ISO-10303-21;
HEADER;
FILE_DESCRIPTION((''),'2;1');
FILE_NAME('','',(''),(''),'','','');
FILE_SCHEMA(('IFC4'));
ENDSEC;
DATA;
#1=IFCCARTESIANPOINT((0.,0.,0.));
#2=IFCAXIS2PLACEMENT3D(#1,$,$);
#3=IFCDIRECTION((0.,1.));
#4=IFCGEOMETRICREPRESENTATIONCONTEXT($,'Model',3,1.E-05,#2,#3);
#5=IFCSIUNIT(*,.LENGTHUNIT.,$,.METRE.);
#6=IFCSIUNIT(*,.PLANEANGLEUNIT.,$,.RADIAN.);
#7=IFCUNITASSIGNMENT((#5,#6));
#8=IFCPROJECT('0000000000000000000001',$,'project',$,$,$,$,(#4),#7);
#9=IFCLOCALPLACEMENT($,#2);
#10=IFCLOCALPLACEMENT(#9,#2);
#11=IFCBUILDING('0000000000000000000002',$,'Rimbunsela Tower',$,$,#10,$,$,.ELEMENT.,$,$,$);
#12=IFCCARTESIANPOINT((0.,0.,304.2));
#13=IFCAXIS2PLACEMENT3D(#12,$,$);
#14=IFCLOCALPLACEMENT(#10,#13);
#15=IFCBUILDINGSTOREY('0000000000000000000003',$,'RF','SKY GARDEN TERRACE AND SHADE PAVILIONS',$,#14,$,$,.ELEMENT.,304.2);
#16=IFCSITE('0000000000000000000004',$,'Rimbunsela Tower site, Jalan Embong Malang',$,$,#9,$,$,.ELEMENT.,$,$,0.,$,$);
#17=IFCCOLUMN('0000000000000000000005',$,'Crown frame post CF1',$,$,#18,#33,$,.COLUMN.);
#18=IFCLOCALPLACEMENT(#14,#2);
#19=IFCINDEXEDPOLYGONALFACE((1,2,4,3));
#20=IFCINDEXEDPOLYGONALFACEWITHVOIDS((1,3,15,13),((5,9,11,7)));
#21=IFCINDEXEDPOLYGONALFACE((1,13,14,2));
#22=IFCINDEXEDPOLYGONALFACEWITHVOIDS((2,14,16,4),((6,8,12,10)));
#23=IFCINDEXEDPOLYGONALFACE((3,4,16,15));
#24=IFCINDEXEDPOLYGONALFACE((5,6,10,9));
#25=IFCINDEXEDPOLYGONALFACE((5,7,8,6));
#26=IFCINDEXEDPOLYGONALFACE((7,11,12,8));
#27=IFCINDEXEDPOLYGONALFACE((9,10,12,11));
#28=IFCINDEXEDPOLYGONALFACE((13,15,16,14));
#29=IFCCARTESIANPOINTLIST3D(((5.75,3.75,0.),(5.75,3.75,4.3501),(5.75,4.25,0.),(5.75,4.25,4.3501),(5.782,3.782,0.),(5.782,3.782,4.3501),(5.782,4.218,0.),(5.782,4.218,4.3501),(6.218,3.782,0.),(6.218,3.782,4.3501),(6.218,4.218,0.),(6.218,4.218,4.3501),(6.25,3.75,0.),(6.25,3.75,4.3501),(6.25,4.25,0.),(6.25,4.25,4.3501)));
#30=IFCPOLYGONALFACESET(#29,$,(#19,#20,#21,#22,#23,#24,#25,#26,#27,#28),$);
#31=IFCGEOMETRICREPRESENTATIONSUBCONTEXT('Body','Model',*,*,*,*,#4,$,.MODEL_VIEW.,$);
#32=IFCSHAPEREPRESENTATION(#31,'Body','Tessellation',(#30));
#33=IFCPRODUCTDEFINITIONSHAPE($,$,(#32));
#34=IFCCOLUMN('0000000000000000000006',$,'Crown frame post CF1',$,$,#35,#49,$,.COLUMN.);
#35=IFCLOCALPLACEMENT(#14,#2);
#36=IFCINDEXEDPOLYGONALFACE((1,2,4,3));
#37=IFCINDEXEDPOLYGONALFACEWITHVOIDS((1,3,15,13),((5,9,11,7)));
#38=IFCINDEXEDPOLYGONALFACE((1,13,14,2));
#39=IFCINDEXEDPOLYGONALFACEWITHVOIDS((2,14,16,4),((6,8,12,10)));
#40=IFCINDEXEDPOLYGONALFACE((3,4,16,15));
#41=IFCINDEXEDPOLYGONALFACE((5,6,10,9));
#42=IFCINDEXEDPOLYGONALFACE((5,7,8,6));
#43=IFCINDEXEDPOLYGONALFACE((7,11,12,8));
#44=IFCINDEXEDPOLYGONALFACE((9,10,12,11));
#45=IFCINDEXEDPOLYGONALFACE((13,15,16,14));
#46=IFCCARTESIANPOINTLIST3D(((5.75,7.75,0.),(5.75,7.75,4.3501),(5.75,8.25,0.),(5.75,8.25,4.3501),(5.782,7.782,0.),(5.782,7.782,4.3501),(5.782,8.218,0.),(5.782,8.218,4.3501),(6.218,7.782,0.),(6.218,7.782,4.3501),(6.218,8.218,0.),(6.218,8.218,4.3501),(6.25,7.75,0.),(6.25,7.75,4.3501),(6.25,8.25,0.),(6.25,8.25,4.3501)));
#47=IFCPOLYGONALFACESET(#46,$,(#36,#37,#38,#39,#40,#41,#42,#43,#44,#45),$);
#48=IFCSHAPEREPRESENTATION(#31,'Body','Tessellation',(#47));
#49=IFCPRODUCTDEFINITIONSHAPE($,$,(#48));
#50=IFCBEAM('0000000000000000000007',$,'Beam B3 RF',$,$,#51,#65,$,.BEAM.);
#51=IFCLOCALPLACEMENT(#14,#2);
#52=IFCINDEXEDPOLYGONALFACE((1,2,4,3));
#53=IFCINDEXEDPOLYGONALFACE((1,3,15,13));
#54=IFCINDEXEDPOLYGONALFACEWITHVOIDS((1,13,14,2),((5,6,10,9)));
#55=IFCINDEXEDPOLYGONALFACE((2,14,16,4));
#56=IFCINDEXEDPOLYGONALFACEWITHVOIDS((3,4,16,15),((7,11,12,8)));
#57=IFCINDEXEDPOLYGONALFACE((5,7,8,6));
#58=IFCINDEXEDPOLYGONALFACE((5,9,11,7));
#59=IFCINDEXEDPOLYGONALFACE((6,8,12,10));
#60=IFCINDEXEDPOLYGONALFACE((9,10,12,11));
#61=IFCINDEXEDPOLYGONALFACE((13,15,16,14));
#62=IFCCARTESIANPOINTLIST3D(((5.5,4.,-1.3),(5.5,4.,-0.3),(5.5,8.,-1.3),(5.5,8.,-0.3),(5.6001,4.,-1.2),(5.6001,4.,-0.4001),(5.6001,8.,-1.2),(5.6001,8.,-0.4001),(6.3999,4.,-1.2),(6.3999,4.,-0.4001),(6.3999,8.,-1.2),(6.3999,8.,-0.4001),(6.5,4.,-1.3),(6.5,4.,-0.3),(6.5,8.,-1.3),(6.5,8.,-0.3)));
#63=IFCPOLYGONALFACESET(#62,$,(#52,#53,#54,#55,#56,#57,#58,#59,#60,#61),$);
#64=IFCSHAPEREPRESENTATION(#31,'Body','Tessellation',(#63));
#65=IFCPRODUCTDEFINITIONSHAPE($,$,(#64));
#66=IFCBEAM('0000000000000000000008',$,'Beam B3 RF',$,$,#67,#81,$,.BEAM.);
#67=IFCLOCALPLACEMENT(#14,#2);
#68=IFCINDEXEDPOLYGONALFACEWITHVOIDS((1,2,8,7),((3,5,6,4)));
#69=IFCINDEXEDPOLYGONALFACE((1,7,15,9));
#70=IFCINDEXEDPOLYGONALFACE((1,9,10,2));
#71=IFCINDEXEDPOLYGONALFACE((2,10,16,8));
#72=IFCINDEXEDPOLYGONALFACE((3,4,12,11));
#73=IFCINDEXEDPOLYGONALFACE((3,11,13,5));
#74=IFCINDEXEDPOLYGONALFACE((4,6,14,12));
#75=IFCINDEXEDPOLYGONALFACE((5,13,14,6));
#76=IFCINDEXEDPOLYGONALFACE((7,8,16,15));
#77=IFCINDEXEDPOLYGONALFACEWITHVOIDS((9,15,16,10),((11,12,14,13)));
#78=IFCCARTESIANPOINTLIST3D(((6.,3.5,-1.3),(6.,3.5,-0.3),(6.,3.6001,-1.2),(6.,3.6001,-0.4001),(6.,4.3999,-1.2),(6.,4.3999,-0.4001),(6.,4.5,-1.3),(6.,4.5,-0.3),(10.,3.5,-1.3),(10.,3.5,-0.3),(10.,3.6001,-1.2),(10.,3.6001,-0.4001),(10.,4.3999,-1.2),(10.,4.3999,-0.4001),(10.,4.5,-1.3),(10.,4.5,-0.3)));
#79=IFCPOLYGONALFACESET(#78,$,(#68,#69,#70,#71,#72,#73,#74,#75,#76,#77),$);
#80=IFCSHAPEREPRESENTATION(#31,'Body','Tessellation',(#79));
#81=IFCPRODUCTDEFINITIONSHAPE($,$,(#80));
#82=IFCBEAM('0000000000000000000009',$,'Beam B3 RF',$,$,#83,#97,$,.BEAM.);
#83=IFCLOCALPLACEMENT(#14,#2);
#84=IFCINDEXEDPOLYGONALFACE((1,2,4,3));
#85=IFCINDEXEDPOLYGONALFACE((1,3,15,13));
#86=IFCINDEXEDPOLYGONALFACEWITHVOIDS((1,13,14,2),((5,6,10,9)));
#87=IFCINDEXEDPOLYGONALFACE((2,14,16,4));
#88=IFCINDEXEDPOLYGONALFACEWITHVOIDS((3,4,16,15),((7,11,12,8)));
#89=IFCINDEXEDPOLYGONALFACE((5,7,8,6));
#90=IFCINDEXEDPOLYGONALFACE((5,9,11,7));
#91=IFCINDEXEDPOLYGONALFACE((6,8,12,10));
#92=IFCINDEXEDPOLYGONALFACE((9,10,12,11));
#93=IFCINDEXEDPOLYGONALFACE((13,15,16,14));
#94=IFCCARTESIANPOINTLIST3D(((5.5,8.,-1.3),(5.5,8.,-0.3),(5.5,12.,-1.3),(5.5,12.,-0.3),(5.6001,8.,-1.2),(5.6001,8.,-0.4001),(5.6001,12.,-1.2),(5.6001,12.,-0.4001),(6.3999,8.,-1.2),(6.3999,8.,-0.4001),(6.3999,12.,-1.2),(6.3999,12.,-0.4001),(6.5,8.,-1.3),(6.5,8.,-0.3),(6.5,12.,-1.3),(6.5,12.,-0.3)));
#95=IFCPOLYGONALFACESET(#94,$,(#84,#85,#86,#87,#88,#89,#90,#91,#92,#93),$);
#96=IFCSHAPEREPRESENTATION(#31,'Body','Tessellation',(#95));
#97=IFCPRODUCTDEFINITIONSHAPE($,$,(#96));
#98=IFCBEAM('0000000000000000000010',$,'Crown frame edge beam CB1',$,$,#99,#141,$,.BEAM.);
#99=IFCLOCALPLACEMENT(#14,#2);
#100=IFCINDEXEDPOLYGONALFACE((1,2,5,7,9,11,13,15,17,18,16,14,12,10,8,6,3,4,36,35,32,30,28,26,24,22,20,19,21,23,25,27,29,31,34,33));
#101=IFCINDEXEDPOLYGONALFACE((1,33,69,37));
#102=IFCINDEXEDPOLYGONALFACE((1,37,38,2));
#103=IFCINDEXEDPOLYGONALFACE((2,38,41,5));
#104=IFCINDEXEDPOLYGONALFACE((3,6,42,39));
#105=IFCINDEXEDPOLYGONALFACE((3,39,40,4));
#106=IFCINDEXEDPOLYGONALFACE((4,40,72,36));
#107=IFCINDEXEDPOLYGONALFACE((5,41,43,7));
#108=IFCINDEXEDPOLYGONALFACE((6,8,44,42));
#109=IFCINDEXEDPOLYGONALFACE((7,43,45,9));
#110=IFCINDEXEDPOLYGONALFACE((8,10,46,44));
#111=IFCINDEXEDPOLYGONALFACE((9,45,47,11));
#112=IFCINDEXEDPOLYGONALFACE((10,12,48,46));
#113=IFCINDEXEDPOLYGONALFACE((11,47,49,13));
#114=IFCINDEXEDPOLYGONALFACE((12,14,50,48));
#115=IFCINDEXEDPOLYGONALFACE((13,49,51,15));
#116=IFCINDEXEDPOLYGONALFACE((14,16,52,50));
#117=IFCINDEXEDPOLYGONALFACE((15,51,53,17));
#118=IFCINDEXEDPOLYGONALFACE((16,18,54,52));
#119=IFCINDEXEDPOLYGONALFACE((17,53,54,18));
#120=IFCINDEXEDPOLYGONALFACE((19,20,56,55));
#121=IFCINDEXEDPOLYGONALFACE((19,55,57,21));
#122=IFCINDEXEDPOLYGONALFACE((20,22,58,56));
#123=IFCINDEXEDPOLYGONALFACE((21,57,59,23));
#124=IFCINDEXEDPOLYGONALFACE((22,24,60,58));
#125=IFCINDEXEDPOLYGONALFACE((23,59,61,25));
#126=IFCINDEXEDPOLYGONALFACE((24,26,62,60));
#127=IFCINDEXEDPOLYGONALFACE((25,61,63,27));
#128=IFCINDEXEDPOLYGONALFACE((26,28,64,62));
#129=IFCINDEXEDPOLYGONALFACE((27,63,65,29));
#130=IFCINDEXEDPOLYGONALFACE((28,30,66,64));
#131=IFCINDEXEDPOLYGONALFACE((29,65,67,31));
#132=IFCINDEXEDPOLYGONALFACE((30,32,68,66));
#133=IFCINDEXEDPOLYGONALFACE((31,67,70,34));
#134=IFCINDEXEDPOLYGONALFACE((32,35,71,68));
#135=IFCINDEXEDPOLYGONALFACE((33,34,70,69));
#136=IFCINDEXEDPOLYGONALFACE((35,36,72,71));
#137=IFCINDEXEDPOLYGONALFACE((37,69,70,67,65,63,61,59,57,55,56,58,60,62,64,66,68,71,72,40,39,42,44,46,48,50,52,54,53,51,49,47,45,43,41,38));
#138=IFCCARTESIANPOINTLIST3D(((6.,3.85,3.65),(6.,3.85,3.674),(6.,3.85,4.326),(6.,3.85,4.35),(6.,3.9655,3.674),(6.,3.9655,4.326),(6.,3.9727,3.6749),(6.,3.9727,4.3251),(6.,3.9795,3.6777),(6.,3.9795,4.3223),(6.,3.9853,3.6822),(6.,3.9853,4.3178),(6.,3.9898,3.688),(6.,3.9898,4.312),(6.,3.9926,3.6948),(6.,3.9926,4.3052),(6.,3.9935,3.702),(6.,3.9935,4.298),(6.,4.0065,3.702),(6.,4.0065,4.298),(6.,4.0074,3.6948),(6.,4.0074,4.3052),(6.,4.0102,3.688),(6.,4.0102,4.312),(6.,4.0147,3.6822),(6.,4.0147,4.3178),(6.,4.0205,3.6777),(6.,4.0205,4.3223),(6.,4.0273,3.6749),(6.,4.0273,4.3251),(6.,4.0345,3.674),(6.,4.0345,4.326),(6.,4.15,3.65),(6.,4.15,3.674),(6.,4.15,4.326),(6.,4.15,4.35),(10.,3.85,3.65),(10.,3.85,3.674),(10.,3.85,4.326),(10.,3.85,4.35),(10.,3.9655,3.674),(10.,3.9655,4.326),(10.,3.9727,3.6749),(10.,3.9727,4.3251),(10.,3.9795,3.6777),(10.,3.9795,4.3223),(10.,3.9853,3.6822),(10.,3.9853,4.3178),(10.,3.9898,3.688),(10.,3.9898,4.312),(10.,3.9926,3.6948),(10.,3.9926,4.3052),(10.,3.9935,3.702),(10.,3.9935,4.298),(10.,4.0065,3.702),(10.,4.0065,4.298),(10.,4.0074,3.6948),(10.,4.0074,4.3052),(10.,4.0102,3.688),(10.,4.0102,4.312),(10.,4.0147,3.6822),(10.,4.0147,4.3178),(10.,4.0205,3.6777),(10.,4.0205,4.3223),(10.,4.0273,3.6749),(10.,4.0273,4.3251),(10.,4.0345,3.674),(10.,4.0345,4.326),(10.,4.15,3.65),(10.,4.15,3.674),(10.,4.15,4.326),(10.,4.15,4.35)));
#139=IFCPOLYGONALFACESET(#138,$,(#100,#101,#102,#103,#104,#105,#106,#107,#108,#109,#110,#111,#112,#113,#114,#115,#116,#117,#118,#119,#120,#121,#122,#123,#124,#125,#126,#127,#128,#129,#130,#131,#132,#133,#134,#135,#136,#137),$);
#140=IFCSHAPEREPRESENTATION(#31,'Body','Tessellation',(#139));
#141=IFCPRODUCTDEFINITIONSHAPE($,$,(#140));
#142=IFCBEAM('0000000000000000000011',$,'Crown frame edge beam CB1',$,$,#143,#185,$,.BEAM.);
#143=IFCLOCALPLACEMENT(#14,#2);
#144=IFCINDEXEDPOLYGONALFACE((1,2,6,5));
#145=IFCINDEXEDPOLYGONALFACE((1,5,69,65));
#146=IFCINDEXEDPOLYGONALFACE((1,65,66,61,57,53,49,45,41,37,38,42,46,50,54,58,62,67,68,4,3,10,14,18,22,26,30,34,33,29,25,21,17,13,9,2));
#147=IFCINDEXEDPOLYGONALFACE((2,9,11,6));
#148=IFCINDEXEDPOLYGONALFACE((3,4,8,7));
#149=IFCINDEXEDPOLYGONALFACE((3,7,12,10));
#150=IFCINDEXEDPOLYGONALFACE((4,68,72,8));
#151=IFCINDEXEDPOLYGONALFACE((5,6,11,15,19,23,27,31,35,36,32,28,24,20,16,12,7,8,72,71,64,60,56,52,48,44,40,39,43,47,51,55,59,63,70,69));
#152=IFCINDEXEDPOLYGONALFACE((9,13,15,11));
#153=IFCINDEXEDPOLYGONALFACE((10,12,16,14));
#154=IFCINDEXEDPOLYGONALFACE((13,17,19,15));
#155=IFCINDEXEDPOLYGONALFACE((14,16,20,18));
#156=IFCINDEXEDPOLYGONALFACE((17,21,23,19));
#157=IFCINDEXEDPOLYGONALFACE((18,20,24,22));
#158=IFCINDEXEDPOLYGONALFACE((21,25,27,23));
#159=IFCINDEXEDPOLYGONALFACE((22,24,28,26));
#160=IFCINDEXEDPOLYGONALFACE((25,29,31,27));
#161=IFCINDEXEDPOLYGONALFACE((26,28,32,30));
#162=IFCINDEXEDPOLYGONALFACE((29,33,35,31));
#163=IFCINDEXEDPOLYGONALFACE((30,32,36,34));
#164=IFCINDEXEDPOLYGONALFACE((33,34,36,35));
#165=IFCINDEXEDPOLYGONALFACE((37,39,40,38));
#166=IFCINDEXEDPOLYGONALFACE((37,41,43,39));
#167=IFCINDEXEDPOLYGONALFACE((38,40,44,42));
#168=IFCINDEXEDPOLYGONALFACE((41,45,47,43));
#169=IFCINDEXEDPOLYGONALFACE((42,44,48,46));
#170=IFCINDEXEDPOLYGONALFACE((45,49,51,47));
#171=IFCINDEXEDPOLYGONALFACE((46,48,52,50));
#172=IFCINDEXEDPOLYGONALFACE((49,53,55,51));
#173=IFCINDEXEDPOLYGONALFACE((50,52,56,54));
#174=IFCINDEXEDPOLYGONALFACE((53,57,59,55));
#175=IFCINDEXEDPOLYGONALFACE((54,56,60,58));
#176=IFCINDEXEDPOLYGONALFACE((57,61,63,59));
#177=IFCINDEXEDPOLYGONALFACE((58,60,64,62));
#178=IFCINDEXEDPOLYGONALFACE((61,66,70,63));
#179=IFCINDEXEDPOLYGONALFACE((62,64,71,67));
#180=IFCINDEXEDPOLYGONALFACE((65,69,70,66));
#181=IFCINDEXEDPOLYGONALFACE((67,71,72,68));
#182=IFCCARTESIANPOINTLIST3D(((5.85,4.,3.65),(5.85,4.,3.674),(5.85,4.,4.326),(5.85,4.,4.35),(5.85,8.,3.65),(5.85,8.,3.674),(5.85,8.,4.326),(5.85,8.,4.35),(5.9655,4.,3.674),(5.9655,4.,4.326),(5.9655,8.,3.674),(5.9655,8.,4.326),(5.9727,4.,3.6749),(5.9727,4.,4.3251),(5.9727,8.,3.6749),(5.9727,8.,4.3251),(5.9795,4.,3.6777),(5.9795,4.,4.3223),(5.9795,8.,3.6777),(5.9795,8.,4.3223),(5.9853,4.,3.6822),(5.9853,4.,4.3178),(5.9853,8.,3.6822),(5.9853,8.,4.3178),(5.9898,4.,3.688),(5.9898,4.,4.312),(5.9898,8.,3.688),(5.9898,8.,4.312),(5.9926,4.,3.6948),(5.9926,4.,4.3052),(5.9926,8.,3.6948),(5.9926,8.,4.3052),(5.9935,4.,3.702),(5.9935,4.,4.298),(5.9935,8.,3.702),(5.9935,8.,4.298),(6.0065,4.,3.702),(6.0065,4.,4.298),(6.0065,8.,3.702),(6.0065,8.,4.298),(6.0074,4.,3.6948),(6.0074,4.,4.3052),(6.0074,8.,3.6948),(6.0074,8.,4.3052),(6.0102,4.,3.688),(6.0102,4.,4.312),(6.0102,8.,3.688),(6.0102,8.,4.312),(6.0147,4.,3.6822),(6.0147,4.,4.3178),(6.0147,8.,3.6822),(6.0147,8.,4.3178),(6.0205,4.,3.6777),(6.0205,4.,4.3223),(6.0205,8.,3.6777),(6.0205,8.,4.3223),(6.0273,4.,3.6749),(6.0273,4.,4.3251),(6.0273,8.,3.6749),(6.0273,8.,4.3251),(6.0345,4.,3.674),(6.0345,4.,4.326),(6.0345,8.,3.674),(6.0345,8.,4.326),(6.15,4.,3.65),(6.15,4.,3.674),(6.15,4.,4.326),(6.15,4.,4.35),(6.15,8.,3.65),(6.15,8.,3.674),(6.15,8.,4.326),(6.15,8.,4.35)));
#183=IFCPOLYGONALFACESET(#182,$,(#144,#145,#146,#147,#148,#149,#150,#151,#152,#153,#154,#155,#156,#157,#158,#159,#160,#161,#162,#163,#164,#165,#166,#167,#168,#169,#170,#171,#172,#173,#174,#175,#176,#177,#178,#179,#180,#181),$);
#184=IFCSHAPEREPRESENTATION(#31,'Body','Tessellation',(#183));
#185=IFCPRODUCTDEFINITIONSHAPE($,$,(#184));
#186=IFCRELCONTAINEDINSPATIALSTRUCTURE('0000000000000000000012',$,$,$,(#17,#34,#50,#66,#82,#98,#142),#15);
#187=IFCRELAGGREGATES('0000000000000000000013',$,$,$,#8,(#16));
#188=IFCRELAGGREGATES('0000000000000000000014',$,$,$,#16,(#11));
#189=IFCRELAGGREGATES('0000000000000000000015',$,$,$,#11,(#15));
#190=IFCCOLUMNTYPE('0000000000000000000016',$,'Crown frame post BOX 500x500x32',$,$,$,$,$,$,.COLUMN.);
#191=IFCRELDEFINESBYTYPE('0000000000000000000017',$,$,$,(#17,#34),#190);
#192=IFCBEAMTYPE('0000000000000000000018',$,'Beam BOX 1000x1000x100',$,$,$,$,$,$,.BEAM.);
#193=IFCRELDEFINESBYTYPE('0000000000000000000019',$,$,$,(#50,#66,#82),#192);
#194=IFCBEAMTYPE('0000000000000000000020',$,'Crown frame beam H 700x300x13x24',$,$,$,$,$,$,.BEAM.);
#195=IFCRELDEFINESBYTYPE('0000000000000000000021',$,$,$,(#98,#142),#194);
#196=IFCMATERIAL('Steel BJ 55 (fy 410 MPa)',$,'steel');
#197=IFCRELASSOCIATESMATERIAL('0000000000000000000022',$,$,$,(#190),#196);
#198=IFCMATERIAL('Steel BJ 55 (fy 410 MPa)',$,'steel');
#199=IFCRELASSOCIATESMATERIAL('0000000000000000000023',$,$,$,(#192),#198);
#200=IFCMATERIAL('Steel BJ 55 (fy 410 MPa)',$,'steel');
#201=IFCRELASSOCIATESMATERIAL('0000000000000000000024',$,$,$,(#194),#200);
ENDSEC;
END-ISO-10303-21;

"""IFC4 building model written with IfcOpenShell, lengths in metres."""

from ifc_helpers import new_model, si_unit, direction, frame, origin, origin_2d, place, context, subcontext, project, spatial, hollow_rectangle, i_section, extrude, material, material_profile, profile_set, type_object, element, save


model = new_model("IFC4")

# Units and contexts
model_context = context("Model", 3, precision=1e-05, world=origin(), true_north=direction((0.0, 1.0)))
body_context = subcontext(model_context, "Body", "Model", "MODEL_VIEW")
ifc_project = project(units=[si_unit("LENGTHUNIT", "METRE"), si_unit("PLANEANGLEUNIT", "RADIAN")], contexts=[model_context])

# Site, building, storey
site_placement = place(None, origin())
site = spatial("IfcSite", under=ifc_project, at=site_placement, Name="Rimbunsela Tower site, Jalan Embong Malang", CompositionType="ELEMENT", RefElevation=0.0)
building_placement = place(site_placement, origin())
building = spatial("IfcBuilding", under=site, at=building_placement, Name="Rimbunsela Tower", CompositionType="ELEMENT")
storey_placement = place(building_placement, frame((0.0, 0.0, 304.2)))
storey = spatial("IfcBuildingStorey", under=building, at=storey_placement, Name="RF", Description="SKY GARDEN TERRACE AND SHADE PAVILIONS", CompositionType="ELEMENT", Elevation=304.2)

# Columns
ifc_material_1 = material(Name="Steel BJ 55 (fy 410 MPa)", Category="steel")
ifc_material_profile_1 = material_profile(ifc_material_1, hollow_rectangle(XDim=0.5, YDim=0.5, WallThickness=0.032, at=origin_2d()), Name="BOX 500x500x32")
ifc_profile_set_1 = profile_set([ifc_material_profile_1], Name="Steel BJ 55 (fy 410 MPa)")
column_type = type_object("IfcColumnType", Name="Crown frame post BOX 500x500x32", PredefinedType="COLUMN", material=ifc_profile_set_1)
for number, where, z_axis, x_axis, name in (
    (1, (6.0, 4.0, 0.0), (0.0, 0.0, 1.0), (1.0, 0.0, 0.0), "Crown frame post CF1"),
    (2, (6.0, 8.0, 0.0), (0.0, 0.0, 1.0), (1.0, 0.0, 0.0), "Crown frame post CF1"),
):
    element("IfcColumn", number, at=place(storey_placement, frame(where, z_axis=z_axis, x_axis=x_axis)), inside=storey, type_object=column_type, Name=name, PredefinedType="COLUMN", context=body_context, shape_type="SweptSolid", body=[
        extrude(hollow_rectangle(XDim=0.5, YDim=0.5, WallThickness=0.032, at=origin_2d()), origin(), (0.0, 0.0, 1.0), 4.3501),
    ])

# Beams
ifc_material_2 = material(Name="Steel BJ 55 (fy 410 MPa)", Category="steel")
ifc_material_profile_2 = material_profile(ifc_material_2, hollow_rectangle(XDim=1.0, YDim=1.0, WallThickness=0.1001, at=origin_2d()), Name="BOX 1000x1000x100")
ifc_profile_set_2 = profile_set([ifc_material_profile_2], Name="Steel BJ 55 (fy 410 MPa)")
beam_type_1 = type_object("IfcBeamType", Name="Beam BOX 1000x1000x100", PredefinedType="BEAM", material=ifc_profile_set_2)
for number, where, z_axis, x_axis, name in (
    (3, (6.0, 4.0, -0.8), (0.0, 1.0, 0.0), (-1.0, 0.0, 0.0), "Beam B3 RF"),
    (4, (6.0, 4.0, -0.8), (1.0, 0.0, 0.0), (0.0, 1.0, 0.0), "Beam B3 RF"),
    (5, (6.0, 8.0, -0.8), (0.0, 1.0, 0.0), (-1.0, 0.0, 0.0), "Beam B3 RF"),
):
    element("IfcBeam", number, at=place(storey_placement, frame(where, z_axis=z_axis, x_axis=x_axis)), inside=storey, type_object=beam_type_1, Name=name, PredefinedType="BEAM", context=body_context, shape_type="SweptSolid", body=[
        extrude(hollow_rectangle(XDim=1.0, YDim=1.0, WallThickness=0.1001, at=origin_2d()), origin(), (0.0, 0.0, 1.0), 4.0),
    ])
ifc_material_3 = material(Name="Steel BJ 55 (fy 410 MPa)", Category="steel")
ifc_material_profile_3 = material_profile(ifc_material_3, i_section(OverallWidth=0.3, OverallDepth=0.7, WebThickness=0.0129, FlangeThickness=0.0239, FilletRadius=0.0281, at=origin_2d()), Name="H 700x300x13x24")
ifc_profile_set_3 = profile_set([ifc_material_profile_3], Name="Steel BJ 55 (fy 410 MPa)")
beam_type_2 = type_object("IfcBeamType", Name="Crown frame beam H 700x300x13x24", PredefinedType="BEAM", material=ifc_profile_set_3)
for number, where, z_axis, x_axis, name in (
    (6, (6.0, 4.0, 4.0), (1.0, 0.0, 0.0), (0.0, 1.0, 0.0), "Crown frame edge beam CB1"),
    (7, (6.0, 4.0, 4.0), (0.0, 1.0, 0.0), (-1.0, 0.0, 0.0), "Crown frame edge beam CB1"),
):
    element("IfcBeam", number, at=place(storey_placement, frame(where, z_axis=z_axis, x_axis=x_axis)), inside=storey, type_object=beam_type_2, Name=name, PredefinedType="BEAM", context=body_context, shape_type="SweptSolid", body=[
        extrude(i_section(OverallWidth=0.3, OverallDepth=0.7, WebThickness=0.0129, FlangeThickness=0.0239, FilletRadius=0.0281, at=origin_2d()), origin(), (0.0, 0.0, 1.0), 4.0),
    ])

save(model, "model.ifc")
